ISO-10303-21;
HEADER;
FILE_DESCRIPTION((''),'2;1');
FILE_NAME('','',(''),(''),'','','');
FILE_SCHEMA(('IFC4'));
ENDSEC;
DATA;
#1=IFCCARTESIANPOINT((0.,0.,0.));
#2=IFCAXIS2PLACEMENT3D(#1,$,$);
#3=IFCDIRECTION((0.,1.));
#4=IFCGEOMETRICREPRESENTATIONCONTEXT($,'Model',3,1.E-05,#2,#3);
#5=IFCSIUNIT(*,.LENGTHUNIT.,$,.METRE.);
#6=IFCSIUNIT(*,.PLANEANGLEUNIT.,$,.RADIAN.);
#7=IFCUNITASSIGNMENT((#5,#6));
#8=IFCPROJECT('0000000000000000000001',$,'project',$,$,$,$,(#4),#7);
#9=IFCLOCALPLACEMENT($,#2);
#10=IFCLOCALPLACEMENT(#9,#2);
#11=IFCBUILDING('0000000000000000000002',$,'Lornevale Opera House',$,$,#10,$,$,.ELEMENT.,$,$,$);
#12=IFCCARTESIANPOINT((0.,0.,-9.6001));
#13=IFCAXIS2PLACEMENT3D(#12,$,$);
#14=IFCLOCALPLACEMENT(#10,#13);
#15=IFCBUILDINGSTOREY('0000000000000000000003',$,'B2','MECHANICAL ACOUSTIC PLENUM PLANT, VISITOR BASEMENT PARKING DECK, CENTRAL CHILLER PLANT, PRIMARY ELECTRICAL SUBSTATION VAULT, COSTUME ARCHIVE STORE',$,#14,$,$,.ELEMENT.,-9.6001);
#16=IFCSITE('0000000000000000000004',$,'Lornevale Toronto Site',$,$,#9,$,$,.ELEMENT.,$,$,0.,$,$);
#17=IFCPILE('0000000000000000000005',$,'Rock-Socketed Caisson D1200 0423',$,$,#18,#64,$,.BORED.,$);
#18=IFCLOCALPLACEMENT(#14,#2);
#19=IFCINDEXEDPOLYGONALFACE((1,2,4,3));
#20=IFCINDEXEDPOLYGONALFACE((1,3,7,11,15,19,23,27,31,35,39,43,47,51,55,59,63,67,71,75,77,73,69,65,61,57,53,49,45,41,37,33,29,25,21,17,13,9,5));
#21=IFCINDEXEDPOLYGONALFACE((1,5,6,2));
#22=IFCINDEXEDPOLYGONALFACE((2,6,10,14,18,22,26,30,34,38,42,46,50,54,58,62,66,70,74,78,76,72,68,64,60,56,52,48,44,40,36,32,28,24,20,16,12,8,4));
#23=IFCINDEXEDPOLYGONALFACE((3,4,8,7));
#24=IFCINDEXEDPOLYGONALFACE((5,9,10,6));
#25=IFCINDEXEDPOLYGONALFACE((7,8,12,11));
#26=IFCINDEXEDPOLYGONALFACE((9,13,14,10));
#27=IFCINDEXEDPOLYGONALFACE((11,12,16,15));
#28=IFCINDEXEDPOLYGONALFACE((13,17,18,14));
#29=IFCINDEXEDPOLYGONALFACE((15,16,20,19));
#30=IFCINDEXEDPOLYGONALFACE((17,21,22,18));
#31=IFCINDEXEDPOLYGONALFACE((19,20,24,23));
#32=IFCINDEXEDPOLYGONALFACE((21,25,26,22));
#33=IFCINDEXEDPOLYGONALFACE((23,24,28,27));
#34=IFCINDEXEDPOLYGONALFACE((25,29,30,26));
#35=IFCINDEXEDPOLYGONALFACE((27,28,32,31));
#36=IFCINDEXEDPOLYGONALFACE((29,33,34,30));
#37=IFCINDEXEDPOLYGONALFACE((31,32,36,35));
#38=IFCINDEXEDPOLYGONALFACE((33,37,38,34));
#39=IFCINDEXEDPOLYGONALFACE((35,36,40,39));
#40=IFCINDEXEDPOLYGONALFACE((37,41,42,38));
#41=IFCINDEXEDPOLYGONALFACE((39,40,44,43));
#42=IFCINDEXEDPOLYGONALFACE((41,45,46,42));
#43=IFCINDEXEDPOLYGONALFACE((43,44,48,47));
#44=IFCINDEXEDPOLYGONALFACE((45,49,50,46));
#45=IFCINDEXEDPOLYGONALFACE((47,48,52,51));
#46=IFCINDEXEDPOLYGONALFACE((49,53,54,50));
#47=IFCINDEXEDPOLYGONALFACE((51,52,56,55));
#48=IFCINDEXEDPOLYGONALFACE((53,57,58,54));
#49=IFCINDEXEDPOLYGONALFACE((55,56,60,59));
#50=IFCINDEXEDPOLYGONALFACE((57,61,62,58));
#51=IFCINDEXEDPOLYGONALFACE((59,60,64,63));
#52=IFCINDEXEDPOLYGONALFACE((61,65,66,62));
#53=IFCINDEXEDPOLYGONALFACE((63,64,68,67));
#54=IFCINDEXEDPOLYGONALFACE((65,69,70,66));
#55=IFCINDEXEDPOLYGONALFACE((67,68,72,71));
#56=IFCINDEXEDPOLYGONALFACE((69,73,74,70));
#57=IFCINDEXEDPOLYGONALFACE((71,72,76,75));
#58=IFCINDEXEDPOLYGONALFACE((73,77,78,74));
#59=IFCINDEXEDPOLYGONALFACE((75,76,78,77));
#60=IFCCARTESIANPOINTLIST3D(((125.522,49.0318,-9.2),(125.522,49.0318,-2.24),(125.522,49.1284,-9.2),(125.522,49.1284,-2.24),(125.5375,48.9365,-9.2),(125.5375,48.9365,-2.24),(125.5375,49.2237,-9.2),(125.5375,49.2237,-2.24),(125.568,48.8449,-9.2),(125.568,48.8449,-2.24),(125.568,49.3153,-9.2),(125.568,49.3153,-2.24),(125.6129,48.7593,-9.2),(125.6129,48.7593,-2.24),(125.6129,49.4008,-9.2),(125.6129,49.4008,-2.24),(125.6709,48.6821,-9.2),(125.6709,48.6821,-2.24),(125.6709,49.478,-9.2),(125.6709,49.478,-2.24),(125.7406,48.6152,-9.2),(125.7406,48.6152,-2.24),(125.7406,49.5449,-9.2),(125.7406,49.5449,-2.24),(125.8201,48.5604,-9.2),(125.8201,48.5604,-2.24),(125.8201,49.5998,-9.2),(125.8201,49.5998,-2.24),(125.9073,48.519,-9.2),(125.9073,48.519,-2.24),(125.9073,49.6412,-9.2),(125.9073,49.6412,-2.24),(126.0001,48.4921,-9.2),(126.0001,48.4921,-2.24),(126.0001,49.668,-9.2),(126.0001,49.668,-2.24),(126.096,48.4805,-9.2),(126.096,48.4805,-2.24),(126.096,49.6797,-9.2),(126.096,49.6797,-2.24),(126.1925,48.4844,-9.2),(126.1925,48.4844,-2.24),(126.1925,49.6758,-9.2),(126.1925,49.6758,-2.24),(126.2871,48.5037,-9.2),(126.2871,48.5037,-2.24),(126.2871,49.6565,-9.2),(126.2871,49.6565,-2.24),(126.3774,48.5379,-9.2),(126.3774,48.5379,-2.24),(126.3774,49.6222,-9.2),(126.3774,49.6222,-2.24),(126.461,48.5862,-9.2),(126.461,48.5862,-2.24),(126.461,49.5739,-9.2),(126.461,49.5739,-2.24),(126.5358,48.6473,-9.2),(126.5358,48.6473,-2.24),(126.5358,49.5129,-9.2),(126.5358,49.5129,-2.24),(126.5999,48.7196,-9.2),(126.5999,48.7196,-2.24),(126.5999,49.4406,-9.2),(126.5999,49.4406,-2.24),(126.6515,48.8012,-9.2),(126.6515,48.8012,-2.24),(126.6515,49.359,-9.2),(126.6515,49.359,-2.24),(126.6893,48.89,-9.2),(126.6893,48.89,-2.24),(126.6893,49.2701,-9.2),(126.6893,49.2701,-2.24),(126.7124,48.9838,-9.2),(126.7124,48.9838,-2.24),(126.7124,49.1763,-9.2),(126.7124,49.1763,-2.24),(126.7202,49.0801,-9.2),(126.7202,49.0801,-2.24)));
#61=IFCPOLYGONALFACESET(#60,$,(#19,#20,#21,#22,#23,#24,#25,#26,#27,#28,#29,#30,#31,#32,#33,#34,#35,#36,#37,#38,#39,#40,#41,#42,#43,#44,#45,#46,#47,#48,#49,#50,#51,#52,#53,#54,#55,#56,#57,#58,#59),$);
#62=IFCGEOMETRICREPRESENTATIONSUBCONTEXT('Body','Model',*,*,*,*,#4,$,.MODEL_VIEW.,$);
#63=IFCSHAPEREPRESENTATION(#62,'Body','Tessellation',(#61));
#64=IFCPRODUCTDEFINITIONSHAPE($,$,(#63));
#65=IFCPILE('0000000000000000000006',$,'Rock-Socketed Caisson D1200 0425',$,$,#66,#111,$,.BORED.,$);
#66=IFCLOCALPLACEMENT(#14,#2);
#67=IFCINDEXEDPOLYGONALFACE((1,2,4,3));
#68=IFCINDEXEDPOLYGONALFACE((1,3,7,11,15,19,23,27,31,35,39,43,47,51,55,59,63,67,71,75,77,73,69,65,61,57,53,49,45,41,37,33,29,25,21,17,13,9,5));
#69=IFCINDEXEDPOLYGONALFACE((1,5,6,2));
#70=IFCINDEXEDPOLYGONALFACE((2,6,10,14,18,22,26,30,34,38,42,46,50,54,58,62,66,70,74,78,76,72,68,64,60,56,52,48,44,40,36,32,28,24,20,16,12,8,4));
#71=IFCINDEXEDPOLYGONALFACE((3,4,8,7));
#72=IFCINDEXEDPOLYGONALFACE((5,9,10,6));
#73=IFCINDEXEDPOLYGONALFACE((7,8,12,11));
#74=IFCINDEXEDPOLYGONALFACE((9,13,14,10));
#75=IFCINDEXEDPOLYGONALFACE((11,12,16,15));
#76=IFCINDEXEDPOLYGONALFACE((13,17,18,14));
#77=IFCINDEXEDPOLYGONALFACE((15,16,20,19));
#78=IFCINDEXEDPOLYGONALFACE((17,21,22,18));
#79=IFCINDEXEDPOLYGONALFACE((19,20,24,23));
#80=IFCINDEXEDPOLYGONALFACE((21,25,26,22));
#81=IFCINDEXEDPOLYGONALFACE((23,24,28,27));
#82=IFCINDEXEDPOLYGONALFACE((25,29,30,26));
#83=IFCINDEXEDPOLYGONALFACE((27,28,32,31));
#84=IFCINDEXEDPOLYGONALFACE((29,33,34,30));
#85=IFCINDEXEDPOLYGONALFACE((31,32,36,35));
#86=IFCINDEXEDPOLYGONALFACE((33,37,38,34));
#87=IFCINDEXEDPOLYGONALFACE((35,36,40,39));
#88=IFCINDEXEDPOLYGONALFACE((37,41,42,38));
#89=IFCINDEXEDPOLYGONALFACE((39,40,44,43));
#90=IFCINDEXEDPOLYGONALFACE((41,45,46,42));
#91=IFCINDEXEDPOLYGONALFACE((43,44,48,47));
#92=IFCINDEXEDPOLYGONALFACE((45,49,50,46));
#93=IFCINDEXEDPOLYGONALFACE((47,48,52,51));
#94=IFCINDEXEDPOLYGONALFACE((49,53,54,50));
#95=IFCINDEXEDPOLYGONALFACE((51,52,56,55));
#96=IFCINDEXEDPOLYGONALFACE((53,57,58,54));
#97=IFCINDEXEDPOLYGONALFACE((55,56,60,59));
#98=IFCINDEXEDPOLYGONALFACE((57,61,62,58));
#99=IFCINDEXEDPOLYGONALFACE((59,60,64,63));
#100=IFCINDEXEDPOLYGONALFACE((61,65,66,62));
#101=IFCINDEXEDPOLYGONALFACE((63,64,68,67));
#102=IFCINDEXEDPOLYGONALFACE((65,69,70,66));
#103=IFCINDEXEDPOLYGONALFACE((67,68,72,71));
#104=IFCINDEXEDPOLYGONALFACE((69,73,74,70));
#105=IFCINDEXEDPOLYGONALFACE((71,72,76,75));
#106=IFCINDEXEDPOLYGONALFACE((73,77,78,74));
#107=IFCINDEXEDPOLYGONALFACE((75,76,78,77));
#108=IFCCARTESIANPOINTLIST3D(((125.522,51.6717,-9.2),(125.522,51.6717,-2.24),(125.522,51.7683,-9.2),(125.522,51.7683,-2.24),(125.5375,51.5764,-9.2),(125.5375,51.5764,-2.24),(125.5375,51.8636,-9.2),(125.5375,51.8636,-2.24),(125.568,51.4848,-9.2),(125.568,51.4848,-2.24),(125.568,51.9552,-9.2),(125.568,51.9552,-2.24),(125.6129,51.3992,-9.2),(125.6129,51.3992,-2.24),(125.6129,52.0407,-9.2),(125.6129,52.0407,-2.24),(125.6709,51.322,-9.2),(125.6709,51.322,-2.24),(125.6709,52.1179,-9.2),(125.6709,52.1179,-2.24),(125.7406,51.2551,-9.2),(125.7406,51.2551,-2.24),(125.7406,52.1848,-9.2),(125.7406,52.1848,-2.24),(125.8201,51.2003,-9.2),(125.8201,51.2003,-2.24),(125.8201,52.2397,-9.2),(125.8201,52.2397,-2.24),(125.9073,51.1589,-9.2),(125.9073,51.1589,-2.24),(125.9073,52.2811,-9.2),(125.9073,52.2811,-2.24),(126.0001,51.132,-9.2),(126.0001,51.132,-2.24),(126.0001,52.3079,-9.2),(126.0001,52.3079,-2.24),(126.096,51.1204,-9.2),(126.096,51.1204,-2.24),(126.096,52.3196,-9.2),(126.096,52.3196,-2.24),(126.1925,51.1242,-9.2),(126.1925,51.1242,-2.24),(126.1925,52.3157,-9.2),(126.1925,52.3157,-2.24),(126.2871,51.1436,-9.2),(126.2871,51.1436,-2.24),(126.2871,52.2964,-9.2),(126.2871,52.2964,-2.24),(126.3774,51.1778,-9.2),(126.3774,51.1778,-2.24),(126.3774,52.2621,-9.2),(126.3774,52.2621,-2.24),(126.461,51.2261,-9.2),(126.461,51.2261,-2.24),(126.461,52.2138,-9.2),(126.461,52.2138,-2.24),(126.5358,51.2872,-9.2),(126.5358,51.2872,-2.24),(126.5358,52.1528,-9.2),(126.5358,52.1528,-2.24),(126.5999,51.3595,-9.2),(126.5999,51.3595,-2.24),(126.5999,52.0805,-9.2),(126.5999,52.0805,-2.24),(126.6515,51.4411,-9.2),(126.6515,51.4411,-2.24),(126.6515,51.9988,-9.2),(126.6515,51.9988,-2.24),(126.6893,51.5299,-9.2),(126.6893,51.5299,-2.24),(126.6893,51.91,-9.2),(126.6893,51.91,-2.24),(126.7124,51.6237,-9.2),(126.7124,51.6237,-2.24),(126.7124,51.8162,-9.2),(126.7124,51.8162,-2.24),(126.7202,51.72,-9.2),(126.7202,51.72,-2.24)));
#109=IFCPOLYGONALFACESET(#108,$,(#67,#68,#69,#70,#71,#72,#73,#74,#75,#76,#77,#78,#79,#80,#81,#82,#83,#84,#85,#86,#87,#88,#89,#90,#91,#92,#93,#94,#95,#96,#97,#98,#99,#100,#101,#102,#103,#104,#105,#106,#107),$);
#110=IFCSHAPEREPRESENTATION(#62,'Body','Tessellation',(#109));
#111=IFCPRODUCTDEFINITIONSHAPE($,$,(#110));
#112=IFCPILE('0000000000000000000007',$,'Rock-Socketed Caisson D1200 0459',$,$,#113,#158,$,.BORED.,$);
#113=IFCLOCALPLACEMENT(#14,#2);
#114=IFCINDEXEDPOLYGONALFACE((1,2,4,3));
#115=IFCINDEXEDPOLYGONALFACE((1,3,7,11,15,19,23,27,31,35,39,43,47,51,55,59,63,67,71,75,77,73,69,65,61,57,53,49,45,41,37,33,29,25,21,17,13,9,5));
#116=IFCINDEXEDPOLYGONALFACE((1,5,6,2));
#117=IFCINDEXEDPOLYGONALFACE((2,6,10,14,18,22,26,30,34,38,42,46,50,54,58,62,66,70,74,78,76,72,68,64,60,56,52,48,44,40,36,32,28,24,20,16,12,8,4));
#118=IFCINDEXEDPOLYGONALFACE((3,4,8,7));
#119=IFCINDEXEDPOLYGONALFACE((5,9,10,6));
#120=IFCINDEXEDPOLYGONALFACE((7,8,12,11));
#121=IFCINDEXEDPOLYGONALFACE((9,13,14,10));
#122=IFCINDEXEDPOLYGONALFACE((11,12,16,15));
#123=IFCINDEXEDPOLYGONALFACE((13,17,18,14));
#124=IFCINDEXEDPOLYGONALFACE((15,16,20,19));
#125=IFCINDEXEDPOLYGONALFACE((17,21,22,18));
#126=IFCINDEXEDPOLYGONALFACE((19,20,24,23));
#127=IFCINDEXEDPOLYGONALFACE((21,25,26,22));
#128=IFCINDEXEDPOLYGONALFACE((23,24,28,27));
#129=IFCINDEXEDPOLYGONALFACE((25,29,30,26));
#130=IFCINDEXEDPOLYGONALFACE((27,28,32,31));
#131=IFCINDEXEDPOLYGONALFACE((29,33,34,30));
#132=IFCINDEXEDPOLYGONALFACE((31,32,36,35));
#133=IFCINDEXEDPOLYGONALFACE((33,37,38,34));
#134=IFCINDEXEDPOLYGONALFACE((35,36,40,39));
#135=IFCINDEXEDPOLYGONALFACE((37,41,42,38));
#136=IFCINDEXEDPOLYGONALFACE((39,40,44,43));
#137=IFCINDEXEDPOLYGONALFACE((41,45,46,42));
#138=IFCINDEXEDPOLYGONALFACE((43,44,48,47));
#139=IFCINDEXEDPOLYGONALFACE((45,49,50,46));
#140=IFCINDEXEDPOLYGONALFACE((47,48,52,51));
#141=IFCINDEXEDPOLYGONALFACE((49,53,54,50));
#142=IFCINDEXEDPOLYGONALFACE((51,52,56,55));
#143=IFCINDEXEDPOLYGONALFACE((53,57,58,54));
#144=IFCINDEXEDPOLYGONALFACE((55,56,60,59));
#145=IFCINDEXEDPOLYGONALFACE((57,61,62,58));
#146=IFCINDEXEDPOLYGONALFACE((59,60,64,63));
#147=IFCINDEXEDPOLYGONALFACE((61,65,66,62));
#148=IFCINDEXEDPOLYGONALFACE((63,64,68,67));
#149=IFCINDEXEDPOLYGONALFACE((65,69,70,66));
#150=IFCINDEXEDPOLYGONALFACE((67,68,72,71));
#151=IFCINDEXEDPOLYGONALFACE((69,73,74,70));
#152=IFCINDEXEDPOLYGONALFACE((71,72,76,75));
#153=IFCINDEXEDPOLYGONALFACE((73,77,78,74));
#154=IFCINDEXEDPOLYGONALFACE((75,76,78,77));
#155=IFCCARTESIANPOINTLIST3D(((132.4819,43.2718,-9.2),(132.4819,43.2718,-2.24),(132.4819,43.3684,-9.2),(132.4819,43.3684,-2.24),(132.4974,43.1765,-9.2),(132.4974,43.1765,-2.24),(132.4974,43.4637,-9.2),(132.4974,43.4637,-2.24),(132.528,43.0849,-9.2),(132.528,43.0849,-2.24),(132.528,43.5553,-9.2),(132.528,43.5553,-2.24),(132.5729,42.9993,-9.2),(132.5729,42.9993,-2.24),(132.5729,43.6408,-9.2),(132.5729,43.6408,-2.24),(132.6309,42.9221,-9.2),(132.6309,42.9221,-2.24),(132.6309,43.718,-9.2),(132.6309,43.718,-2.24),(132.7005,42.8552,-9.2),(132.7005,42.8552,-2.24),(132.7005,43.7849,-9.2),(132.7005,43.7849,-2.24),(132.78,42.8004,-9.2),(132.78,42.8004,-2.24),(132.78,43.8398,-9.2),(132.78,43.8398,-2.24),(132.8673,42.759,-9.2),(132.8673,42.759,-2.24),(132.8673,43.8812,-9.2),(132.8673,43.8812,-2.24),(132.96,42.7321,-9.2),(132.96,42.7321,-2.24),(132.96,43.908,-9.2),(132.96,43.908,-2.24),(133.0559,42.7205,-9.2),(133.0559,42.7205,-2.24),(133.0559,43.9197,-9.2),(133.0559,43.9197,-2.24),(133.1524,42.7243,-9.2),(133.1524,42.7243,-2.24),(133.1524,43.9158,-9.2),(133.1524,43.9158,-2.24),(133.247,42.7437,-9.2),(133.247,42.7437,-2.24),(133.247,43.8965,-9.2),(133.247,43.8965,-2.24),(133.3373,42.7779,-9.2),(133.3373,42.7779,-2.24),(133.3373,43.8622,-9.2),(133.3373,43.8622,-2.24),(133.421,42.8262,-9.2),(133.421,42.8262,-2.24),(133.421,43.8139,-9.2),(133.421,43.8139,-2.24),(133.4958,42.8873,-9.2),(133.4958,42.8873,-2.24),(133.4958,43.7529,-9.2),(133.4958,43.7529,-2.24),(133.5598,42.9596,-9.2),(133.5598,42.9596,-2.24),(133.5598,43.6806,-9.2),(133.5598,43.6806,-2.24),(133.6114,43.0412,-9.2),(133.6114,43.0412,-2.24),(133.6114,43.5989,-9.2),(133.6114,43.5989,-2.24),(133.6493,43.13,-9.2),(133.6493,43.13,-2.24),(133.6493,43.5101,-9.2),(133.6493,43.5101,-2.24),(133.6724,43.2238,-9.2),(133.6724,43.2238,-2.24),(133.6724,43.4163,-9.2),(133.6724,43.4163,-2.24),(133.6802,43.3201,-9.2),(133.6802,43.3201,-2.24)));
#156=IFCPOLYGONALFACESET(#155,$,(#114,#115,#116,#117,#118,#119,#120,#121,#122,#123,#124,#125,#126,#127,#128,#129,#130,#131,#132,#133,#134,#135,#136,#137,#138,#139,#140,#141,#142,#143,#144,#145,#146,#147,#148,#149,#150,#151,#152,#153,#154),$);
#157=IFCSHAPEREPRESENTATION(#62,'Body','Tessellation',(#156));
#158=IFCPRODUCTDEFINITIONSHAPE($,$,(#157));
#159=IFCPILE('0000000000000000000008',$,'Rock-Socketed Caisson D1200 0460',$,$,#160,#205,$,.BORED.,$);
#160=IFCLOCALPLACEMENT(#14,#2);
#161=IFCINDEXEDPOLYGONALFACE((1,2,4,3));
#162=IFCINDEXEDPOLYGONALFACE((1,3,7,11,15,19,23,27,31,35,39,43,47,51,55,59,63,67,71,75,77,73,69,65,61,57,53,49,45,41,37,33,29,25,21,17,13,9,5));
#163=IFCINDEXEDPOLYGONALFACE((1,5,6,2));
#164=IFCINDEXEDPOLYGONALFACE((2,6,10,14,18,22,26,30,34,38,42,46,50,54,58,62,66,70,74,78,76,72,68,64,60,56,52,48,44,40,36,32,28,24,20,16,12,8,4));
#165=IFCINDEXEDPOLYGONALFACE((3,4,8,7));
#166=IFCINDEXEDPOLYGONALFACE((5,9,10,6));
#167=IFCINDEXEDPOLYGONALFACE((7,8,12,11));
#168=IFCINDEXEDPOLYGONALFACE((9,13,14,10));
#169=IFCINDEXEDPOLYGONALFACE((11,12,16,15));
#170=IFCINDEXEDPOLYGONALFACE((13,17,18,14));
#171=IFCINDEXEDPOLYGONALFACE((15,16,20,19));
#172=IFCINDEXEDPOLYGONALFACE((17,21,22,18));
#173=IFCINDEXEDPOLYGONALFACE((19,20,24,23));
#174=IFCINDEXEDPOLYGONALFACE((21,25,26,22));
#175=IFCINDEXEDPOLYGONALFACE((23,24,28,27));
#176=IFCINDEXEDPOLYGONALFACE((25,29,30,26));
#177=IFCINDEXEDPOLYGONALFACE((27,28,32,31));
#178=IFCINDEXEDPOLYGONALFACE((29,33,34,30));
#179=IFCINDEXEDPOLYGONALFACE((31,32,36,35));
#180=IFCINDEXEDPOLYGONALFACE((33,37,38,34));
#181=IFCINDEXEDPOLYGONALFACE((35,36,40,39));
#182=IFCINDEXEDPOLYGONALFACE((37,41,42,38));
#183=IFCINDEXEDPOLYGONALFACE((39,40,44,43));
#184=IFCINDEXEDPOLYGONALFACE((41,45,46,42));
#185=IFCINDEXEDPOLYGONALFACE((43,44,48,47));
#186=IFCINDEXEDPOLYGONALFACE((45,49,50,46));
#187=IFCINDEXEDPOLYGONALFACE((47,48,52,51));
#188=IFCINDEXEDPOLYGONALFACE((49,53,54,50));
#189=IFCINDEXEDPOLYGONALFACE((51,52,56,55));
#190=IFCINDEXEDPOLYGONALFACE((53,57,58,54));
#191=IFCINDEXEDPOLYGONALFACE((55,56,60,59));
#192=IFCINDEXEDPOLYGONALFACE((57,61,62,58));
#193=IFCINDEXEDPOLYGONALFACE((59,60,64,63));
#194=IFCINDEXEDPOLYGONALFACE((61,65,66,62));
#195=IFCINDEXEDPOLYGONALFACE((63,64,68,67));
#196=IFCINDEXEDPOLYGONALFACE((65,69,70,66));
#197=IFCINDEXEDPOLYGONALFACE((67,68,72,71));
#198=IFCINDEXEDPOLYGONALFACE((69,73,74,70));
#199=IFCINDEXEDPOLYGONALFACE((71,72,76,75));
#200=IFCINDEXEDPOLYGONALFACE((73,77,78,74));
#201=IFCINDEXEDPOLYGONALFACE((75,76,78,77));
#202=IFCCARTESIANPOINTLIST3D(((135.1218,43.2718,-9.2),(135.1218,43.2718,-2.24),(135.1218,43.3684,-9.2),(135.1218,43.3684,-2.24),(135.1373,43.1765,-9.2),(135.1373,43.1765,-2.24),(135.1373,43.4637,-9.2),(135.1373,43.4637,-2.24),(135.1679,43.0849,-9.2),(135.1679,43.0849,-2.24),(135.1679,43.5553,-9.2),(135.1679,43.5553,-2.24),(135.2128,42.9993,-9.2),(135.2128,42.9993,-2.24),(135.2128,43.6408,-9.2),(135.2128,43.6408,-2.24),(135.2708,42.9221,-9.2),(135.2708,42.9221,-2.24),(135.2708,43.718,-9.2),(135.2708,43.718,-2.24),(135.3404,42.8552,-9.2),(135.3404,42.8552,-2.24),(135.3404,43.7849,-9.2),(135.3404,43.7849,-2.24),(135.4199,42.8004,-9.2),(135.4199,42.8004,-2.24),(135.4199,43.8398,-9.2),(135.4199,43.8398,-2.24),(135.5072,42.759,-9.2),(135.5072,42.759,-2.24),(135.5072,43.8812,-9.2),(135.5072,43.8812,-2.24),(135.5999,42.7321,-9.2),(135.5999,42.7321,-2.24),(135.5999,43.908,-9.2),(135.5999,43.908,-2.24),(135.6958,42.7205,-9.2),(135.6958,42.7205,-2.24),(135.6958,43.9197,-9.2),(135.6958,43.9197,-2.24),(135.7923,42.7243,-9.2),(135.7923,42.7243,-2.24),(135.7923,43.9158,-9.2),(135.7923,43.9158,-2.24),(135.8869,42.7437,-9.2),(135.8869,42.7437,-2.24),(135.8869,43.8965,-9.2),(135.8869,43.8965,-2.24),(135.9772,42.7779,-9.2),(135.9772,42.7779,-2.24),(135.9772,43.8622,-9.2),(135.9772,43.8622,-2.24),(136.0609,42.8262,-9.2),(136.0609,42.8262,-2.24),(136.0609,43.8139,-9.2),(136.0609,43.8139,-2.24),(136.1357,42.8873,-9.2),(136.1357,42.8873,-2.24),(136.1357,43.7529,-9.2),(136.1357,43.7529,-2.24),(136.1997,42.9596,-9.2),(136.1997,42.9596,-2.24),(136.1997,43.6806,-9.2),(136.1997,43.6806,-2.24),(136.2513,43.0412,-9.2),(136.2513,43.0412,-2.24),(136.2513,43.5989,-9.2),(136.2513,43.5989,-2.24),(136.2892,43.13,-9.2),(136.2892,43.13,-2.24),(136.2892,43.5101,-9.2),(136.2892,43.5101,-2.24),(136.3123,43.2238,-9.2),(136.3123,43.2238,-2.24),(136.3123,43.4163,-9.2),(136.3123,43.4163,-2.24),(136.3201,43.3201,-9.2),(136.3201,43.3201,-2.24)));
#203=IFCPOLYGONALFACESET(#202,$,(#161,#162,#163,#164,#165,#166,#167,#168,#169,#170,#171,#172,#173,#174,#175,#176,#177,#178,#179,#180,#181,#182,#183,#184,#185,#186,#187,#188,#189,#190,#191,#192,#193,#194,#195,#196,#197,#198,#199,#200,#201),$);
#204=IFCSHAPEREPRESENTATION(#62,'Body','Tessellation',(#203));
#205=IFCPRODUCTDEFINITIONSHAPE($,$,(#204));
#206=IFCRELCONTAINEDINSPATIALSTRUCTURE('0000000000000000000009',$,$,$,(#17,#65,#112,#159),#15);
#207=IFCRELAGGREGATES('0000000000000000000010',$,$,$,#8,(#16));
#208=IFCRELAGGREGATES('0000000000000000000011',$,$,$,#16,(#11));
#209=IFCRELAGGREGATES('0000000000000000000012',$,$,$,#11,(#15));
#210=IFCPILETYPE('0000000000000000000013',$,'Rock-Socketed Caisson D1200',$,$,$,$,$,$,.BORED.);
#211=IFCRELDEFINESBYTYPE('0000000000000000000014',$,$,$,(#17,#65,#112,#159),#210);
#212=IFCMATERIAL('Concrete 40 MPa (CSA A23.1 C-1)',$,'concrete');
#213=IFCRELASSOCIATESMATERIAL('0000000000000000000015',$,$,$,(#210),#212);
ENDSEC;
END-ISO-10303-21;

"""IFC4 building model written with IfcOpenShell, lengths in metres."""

from ifc_helpers import new_model, si_unit, direction, frame, origin, origin_2d, place, context, subcontext, project, spatial, circle, extrude, material, material_profile, profile_set, type_object, element, save


model = new_model("IFC4")

# Units and contexts
model_context = context("Model", 3, precision=1e-05, world=origin(), true_north=direction((0.0, 1.0)))
body_context = subcontext(model_context, "Body", "Model", "MODEL_VIEW")
ifc_project = project(units=[si_unit("LENGTHUNIT", "METRE"), si_unit("PLANEANGLEUNIT", "RADIAN")], contexts=[model_context])

# Site, building, storey
site_placement = place(None, origin())
site = spatial("IfcSite", under=ifc_project, at=site_placement, Name="Lornevale Toronto Site", CompositionType="ELEMENT", RefElevation=0.0)
building_placement = place(site_placement, origin())
building = spatial("IfcBuilding", under=site, at=building_placement, Name="Lornevale Opera House", CompositionType="ELEMENT")
storey_placement = place(building_placement, frame((0.0, 0.0, -9.6001)))
storey = spatial("IfcBuildingStorey", under=building, at=storey_placement, Name="B2", Description="MECHANICAL ACOUSTIC PLENUM PLANT, VISITOR BASEMENT PARKING DECK, CENTRAL CHILLER PLANT, PRIMARY ELECTRICAL SUBSTATION VAULT, COSTUME ARCHIVE STORE", CompositionType="ELEMENT", Elevation=-9.6001)

# Piles
ifc_material_1 = material(Name="Concrete 40 MPa (CSA A23.1 C-1)", Category="concrete")
ifc_material_profile_1 = material_profile(ifc_material_1, circle(Radius=0.6001, at=origin_2d()), Name="CAIS1200")
ifc_profile_set_1 = profile_set([ifc_material_profile_1], Name="Concrete 40 MPa (CSA A23.1 C-1)")
pile_type_1 = type_object("IfcPileType", Name="Rock-Socketed Caisson D1200", PredefinedType="BORED", material=ifc_profile_set_1)
for number, where, z_axis, x_axis, name in (
    (1, (126.1201, 49.0801, -2.24), (0.0, 0.0, -1.0), (1.0, 0.0, 0.0), "Rock-Socketed Caisson D1200 0423"),
    (2, (126.1201, 51.72, -2.24), (0.0, 0.0, -1.0), (1.0, 0.0, 0.0), "Rock-Socketed Caisson D1200 0425"),
    (3, (133.0801, 43.3201, -2.24), (0.0, 0.0, -1.0), (1.0, 0.0, 0.0), "Rock-Socketed Caisson D1200 0459"),
    (4, (135.72, 43.3201, -2.24), (0.0, 0.0, -1.0), (1.0, 0.0, 0.0), "Rock-Socketed Caisson D1200 0460"),
):
    element("IfcPile", number, at=place(storey_placement, frame(where, z_axis=z_axis, x_axis=x_axis)), inside=storey, type_object=pile_type_1, Name=name, PredefinedType="BORED", context=body_context, shape_type="SweptSolid", body=[
        extrude(circle(Radius=0.6001, at=origin_2d()), origin(), (0.0, 0.0, 1.0), 6.96),
    ])

save(model, "model.ifc")
